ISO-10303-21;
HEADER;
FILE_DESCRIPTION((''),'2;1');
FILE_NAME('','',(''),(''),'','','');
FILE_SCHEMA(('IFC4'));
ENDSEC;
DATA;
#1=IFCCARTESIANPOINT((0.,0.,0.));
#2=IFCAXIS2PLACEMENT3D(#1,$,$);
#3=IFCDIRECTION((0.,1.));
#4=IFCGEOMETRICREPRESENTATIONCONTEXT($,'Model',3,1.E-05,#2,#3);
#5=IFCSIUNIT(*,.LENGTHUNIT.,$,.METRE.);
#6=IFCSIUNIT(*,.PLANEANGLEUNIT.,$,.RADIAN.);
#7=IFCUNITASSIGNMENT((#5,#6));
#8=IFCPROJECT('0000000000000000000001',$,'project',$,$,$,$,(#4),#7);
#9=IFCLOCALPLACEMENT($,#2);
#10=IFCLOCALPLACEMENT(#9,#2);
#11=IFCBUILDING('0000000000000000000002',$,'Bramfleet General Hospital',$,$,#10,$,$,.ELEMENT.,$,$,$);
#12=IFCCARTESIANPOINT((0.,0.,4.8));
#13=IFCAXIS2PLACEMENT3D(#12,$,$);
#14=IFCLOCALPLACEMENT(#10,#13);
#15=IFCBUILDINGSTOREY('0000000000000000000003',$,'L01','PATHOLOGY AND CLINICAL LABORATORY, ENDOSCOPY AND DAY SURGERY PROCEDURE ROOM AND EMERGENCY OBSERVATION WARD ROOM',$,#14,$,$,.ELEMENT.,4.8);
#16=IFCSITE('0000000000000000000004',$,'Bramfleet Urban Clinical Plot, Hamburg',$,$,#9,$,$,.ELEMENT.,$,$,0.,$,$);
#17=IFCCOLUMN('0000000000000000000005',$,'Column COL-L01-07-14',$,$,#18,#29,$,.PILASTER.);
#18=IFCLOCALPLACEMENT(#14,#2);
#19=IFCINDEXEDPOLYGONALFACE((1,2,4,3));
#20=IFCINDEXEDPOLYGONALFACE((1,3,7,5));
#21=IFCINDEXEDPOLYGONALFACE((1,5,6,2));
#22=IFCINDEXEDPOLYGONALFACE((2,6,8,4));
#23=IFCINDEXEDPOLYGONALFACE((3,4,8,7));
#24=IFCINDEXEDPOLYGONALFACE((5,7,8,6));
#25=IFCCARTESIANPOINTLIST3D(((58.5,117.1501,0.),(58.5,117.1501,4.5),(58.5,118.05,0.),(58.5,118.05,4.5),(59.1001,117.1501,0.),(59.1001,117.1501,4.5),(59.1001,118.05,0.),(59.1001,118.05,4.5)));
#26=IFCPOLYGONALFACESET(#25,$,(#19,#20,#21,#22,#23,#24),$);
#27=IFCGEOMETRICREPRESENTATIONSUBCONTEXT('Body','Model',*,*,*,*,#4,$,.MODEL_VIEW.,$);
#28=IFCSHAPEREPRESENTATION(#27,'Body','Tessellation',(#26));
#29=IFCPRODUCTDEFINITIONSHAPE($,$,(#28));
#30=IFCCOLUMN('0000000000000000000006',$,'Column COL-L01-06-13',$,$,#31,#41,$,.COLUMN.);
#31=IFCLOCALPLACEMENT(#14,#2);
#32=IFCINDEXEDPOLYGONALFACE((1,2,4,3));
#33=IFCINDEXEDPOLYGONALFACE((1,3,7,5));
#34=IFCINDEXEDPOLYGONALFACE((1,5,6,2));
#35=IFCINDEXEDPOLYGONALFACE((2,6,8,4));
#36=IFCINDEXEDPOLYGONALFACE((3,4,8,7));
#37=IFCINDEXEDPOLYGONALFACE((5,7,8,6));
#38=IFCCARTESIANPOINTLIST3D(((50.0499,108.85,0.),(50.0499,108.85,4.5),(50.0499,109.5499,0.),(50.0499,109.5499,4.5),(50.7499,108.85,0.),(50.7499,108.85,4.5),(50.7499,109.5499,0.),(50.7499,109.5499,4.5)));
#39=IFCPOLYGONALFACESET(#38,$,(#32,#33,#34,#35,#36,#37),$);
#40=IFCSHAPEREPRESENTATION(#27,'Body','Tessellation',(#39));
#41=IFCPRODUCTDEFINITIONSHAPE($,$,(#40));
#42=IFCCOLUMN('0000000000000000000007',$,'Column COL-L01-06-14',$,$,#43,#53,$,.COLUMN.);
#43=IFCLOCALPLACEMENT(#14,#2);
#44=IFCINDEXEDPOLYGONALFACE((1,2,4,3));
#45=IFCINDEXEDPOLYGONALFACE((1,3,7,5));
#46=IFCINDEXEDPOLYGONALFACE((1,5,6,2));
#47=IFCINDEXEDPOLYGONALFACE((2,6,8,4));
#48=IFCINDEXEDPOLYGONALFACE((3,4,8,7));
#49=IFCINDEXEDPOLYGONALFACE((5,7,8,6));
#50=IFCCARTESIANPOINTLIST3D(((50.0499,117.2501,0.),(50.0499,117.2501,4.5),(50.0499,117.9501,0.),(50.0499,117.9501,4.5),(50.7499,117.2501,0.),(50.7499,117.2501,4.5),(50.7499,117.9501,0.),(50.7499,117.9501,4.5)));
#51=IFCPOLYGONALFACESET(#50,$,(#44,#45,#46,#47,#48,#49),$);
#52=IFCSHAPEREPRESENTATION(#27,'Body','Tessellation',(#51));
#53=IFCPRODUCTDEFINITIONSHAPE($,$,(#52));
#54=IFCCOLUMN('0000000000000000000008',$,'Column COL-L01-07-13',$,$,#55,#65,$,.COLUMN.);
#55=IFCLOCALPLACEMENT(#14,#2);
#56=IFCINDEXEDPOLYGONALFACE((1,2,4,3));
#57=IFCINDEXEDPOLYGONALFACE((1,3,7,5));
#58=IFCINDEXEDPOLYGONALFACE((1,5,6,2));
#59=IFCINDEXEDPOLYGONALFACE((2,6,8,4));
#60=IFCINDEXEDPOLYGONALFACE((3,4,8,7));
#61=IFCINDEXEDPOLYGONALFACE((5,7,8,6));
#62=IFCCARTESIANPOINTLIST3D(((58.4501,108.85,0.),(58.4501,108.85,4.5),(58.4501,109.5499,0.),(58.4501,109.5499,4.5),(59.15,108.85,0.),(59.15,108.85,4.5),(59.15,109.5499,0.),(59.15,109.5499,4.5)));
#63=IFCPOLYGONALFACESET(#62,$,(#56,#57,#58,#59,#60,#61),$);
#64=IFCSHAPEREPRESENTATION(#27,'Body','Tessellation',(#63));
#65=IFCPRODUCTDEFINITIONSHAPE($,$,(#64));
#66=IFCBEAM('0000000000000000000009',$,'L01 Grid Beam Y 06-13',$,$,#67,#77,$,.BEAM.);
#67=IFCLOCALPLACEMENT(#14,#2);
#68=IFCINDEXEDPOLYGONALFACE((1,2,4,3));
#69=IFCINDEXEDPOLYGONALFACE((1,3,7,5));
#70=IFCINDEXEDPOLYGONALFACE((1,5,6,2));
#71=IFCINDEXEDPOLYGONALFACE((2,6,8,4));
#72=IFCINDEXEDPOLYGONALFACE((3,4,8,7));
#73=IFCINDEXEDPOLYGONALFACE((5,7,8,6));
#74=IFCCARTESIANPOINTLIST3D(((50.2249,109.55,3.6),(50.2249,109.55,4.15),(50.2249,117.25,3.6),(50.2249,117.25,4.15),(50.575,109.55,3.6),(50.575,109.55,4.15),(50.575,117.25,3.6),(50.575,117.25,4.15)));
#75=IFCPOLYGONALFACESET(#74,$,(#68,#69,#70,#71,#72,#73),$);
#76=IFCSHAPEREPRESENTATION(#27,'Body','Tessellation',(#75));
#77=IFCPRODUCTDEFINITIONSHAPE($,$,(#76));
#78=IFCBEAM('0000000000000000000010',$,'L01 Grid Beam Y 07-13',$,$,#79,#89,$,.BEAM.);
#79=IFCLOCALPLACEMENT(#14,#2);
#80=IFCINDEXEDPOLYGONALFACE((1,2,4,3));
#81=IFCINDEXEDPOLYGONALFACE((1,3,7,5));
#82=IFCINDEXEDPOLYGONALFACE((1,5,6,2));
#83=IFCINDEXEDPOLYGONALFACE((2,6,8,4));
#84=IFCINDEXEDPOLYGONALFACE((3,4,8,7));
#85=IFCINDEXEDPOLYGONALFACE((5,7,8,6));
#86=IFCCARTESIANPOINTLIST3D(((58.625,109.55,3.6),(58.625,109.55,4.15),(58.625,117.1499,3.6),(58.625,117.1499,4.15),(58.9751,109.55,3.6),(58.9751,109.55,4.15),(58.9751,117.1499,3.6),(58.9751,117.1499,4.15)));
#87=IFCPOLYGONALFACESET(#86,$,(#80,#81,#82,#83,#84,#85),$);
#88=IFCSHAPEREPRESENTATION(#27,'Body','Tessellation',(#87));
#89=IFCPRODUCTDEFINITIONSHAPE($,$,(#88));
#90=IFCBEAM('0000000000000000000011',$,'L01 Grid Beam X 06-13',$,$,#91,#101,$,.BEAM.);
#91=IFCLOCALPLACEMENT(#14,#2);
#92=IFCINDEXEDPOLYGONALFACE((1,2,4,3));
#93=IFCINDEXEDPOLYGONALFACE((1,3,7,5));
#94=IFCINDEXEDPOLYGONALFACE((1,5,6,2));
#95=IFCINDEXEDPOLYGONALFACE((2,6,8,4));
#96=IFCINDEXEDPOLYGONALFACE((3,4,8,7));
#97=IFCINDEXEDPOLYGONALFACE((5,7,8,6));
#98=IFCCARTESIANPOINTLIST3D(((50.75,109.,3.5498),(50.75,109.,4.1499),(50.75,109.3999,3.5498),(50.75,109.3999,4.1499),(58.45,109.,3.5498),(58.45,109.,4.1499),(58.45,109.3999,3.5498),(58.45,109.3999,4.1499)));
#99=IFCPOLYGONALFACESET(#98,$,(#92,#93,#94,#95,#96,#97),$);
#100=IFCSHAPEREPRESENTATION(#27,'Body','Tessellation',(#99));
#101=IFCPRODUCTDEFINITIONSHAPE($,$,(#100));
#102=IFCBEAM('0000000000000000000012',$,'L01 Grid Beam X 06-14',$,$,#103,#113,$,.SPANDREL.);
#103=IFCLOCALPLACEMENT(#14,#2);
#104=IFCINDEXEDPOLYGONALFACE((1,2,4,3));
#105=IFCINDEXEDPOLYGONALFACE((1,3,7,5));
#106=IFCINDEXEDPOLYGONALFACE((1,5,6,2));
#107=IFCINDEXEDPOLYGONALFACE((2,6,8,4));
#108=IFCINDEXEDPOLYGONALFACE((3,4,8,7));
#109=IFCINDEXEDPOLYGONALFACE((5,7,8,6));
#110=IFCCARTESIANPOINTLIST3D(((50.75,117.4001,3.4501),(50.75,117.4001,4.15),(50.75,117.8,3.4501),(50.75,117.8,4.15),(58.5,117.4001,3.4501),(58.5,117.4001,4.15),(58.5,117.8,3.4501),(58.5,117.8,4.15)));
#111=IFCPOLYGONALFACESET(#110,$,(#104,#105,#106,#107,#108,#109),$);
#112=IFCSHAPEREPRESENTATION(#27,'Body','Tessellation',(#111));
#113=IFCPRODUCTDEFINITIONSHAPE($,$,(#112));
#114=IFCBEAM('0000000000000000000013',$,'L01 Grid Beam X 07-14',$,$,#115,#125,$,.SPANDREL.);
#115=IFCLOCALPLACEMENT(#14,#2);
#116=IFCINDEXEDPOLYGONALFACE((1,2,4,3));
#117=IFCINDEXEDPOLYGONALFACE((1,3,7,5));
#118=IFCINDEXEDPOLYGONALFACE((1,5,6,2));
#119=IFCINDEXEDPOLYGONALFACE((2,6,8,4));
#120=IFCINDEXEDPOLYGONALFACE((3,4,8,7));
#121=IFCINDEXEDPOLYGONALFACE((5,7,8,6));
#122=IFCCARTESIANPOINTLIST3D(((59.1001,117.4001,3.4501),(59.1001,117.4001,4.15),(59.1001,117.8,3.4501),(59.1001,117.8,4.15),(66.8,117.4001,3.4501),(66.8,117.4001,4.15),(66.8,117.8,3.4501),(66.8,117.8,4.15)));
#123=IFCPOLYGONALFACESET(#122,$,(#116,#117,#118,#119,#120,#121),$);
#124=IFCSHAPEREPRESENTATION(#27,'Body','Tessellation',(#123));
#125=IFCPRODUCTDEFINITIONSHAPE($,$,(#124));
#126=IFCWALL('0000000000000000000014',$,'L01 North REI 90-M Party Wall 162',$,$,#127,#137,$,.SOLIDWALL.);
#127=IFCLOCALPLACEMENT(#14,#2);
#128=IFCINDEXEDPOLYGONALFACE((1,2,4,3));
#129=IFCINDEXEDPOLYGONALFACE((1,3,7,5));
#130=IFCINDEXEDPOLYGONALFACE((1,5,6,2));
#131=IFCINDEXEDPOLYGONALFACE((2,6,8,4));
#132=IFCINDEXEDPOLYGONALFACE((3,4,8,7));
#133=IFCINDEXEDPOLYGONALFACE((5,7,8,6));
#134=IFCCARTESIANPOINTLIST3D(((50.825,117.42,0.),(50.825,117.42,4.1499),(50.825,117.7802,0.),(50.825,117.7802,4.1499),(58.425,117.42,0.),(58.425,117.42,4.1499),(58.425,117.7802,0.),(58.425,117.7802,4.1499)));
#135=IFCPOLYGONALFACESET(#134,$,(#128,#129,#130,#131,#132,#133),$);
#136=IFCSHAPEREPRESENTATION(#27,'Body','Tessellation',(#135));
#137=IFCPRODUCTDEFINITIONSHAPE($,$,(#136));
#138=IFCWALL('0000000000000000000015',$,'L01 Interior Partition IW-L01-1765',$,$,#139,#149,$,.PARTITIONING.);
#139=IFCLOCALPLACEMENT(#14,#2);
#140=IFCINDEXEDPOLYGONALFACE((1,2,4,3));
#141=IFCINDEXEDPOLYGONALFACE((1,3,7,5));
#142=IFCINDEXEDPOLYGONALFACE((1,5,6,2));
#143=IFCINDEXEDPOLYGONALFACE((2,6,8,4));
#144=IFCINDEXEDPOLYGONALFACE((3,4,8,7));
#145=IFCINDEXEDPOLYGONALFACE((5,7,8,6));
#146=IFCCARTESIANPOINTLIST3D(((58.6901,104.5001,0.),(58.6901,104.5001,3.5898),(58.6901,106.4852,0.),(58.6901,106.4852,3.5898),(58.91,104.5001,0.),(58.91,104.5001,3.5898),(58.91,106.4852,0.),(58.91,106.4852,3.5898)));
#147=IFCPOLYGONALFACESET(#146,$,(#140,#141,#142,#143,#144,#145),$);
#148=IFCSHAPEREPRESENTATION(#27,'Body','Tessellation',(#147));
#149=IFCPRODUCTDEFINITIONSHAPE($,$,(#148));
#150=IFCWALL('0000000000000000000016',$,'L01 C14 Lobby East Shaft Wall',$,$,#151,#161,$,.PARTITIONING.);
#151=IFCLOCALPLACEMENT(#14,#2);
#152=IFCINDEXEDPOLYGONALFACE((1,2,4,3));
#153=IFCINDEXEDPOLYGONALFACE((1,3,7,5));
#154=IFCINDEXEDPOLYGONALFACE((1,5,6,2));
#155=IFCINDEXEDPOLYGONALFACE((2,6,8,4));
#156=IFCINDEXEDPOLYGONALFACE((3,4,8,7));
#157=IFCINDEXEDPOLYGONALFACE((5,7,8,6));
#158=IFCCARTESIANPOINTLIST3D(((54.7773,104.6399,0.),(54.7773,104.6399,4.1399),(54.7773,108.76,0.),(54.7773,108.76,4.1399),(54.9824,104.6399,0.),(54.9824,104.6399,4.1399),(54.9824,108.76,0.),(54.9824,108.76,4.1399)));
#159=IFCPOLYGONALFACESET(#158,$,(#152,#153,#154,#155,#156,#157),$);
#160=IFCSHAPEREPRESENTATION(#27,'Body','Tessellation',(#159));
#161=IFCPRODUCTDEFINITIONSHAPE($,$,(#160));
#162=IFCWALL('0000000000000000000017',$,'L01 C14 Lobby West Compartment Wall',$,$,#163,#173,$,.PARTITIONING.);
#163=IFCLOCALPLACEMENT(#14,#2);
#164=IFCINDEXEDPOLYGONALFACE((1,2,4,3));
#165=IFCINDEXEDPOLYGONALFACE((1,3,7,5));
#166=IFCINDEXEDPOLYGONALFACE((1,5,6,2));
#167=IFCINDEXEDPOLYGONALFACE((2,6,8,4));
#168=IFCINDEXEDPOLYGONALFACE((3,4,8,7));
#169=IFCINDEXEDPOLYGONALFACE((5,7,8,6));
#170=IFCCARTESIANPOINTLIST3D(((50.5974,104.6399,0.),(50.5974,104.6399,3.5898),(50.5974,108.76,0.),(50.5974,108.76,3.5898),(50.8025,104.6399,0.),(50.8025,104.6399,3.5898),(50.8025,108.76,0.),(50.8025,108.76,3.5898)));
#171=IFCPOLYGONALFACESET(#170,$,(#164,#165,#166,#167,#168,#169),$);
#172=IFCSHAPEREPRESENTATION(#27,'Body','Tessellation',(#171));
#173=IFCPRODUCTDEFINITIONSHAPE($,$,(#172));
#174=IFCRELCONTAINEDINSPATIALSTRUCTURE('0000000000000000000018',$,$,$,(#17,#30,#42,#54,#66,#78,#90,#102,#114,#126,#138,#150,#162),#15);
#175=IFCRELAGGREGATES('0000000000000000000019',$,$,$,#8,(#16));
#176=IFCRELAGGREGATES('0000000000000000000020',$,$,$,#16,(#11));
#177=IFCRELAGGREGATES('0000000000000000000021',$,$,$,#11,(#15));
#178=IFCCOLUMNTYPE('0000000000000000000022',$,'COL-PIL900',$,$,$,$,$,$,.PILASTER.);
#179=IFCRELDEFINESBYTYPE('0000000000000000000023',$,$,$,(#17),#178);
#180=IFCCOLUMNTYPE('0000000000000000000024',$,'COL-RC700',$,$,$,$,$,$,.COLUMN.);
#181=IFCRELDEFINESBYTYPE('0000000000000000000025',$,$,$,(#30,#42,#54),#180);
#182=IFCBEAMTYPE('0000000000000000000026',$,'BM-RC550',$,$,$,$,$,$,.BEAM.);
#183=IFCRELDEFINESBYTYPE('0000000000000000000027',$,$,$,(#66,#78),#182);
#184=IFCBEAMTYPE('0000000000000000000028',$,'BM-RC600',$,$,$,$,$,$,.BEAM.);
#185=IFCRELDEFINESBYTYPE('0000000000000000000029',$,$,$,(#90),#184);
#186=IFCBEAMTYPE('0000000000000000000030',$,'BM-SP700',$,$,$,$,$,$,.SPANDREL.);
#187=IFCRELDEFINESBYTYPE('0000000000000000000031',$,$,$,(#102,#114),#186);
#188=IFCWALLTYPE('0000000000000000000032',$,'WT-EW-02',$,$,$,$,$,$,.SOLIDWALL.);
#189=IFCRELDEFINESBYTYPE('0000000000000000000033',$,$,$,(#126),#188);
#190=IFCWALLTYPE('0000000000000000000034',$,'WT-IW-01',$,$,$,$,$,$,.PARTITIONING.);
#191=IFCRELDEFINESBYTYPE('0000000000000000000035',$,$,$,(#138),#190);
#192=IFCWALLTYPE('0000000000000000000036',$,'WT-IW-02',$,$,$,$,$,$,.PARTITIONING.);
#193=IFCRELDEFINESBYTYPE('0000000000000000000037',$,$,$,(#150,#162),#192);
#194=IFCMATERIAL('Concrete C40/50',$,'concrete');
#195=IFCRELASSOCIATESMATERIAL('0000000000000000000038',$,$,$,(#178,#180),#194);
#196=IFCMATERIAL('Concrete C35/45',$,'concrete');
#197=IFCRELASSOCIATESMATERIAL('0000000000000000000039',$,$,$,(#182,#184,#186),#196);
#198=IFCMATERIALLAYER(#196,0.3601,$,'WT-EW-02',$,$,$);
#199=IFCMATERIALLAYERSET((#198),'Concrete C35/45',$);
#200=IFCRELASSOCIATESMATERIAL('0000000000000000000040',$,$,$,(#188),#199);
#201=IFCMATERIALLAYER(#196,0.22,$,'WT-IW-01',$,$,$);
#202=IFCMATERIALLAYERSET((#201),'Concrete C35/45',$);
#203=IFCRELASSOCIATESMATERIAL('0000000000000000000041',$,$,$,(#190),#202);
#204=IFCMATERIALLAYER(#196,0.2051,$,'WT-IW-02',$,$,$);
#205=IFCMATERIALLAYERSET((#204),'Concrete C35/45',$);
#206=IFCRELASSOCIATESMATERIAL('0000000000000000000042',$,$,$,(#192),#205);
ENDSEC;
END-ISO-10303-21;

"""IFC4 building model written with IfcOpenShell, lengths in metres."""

from ifc_helpers import new_model, si_unit, direction, frame, frame_2d, origin, origin_2d, place, context, subcontext, project, spatial, rectangle, extrude, material, layer, layer_set, material_profile, profile_set, type_object, element, save


model = new_model("IFC4")

# Units and contexts
model_context = context("Model", 3, precision=1e-05, world=origin(), true_north=direction((0.0, 1.0)))
body_context = subcontext(model_context, "Body", "Model", "MODEL_VIEW")
ifc_project = project(units=[si_unit("LENGTHUNIT", "METRE"), si_unit("PLANEANGLEUNIT", "RADIAN")], contexts=[model_context])

# Site, building, storey
site_placement = place(None, origin())
site = spatial("IfcSite", under=ifc_project, at=site_placement, Name="Bramfleet Urban Clinical Plot, Hamburg", CompositionType="ELEMENT", RefElevation=0.0)
building_placement = place(site_placement, origin())
building = spatial("IfcBuilding", under=site, at=building_placement, Name="Bramfleet General Hospital", CompositionType="ELEMENT")
storey_placement = place(building_placement, frame((0.0, 0.0, 4.8)))
storey = spatial("IfcBuildingStorey", under=building, at=storey_placement, Name="L01", Description="PATHOLOGY AND CLINICAL LABORATORY, ENDOSCOPY AND DAY SURGERY PROCEDURE ROOM AND EMERGENCY OBSERVATION WARD ROOM", CompositionType="ELEMENT", Elevation=4.8)

# Columns
ifc_material_1 = material(Name="Concrete C40/50", Category="concrete")
ifc_material_profile_1 = material_profile(ifc_material_1, rectangle(XDim=0.6001, YDim=0.8999, at=origin_2d()), Name="RC PIL 900x600")
ifc_profile_set_1 = profile_set([ifc_material_profile_1], Name="Concrete C40/50")
column_type_1 = type_object("IfcColumnType", Name="COL-PIL900", PredefinedType="PILASTER", material=ifc_profile_set_1)
column_placement = place(storey_placement, frame((58.8, 117.6001, 0.0), z_axis=(0.0, 0.0, 1.0), x_axis=(1.0, 0.0, 0.0)))
element("IfcColumn", 1, at=column_placement, inside=storey, type_object=column_type_1, Name="Column COL-L01-07-14", PredefinedType="PILASTER", context=body_context, shape_type="SweptSolid", body=[
    extrude(rectangle(XDim=0.6001, YDim=0.8999, at=origin_2d()), origin(), (0.0, 0.0, 1.0), 4.5),
])
ifc_material_profile_2 = material_profile(ifc_material_1, rectangle(XDim=0.7, YDim=0.7, at=origin_2d()), Name="RC COL 700x700")
ifc_profile_set_2 = profile_set([ifc_material_profile_2], Name="Concrete C40/50")
column_type_2 = type_object("IfcColumnType", Name="COL-RC700", PredefinedType="COLUMN", material=ifc_profile_set_2)
for number, where, z_axis, x_axis, name in (
    (2, (50.3999, 109.2, 0.0), (0.0, 0.0, 1.0), (1.0, 0.0, 0.0), "Column COL-L01-06-13"),
    (3, (50.3999, 117.6001, 0.0), (0.0, 0.0, 1.0), (1.0, 0.0, 0.0), "Column COL-L01-06-14"),
    (4, (58.8, 109.2, 0.0), (0.0, 0.0, 1.0), (1.0, 0.0, 0.0), "Column COL-L01-07-13"),
):
    element("IfcColumn", number, at=place(storey_placement, frame(where, z_axis=z_axis, x_axis=x_axis)), inside=storey, type_object=column_type_2, Name=name, PredefinedType="COLUMN", context=body_context, shape_type="SweptSolid", body=[
        extrude(rectangle(XDim=0.7, YDim=0.7, at=origin_2d()), origin(), (0.0, 0.0, 1.0), 4.5),
    ])

# Beams
ifc_material_2 = material(Name="Concrete C35/45", Category="concrete")
ifc_material_profile_3 = material_profile(ifc_material_2, rectangle(XDim=0.3501, YDim=0.55, at=origin_2d()), Name="RC BM 550x350")
ifc_profile_set_3 = profile_set([ifc_material_profile_3], Name="Concrete C35/45")
beam_type_1 = type_object("IfcBeamType", Name="BM-RC550", PredefinedType="BEAM", material=ifc_profile_set_3)
beam_1_placement = place(storey_placement, frame((50.3999, 109.55, 3.875), z_axis=(0.0, 1.0, 0.0), x_axis=(-1.0, 0.0, 0.0)))
element("IfcBeam", 5, at=beam_1_placement, inside=storey, type_object=beam_type_1, Name="L01 Grid Beam Y 06-13", PredefinedType="BEAM", context=body_context, shape_type="SweptSolid", body=[
    extrude(rectangle(XDim=0.3501, YDim=0.55, at=origin_2d()), origin(), (0.0, 0.0, 1.0), 7.7),
])
beam_2_placement = place(storey_placement, frame((58.8, 109.55, 3.875), z_axis=(0.0, 1.0, 0.0), x_axis=(-1.0, 0.0, 0.0)))
element("IfcBeam", 6, at=beam_2_placement, inside=storey, type_object=beam_type_1, Name="L01 Grid Beam Y 07-13", PredefinedType="BEAM", context=body_context, shape_type="SweptSolid", body=[
    extrude(rectangle(XDim=0.3501, YDim=0.55, at=origin_2d()), origin(), (0.0, 0.0, 1.0), 7.5999),
])
ifc_material_profile_4 = material_profile(ifc_material_2, rectangle(XDim=0.3999, YDim=0.6001, at=origin_2d()), Name="RC BM 600x400")
ifc_profile_set_4 = profile_set([ifc_material_profile_4], Name="Concrete C35/45")
beam_type_2 = type_object("IfcBeamType", Name="BM-RC600", PredefinedType="BEAM", material=ifc_profile_set_4)
beam_3_placement = place(storey_placement, frame((50.75, 109.2, 3.8499), z_axis=(1.0, 0.0, 0.0), x_axis=(0.0, 1.0, 0.0)))
element("IfcBeam", 7, at=beam_3_placement, inside=storey, type_object=beam_type_2, Name="L01 Grid Beam X 06-13", PredefinedType="BEAM", context=body_context, shape_type="SweptSolid", body=[
    extrude(rectangle(XDim=0.3999, YDim=0.6001, at=origin_2d()), origin(), (0.0, 0.0, 1.0), 7.7),
])
ifc_material_profile_5 = material_profile(ifc_material_2, rectangle(XDim=0.3999, YDim=0.7, at=origin_2d()), Name="RC SP 700x400")
ifc_profile_set_5 = profile_set([ifc_material_profile_5], Name="Concrete C35/45")
beam_type_3 = type_object("IfcBeamType", Name="BM-SP700", PredefinedType="SPANDREL", material=ifc_profile_set_5)
beam_4_placement = place(storey_placement, frame((50.75, 117.6001, 3.8), z_axis=(1.0, 0.0, 0.0), x_axis=(0.0, 1.0, 0.0)))
element("IfcBeam", 8, at=beam_4_placement, inside=storey, type_object=beam_type_3, Name="L01 Grid Beam X 06-14", PredefinedType="SPANDREL", context=body_context, shape_type="SweptSolid", body=[
    extrude(rectangle(XDim=0.3999, YDim=0.7, at=origin_2d()), origin(), (0.0, 0.0, 1.0), 7.75),
])
beam_5_placement = place(storey_placement, frame((59.1001, 117.6001, 3.8), z_axis=(1.0, 0.0, 0.0), x_axis=(0.0, 1.0, 0.0)))
element("IfcBeam", 9, at=beam_5_placement, inside=storey, type_object=beam_type_3, Name="L01 Grid Beam X 07-14", PredefinedType="SPANDREL", context=body_context, shape_type="SweptSolid", body=[
    extrude(rectangle(XDim=0.3999, YDim=0.7, at=origin_2d()), origin(), (0.0, 0.0, 1.0), 7.7),
])

# Walls
ifc_layer_1 = layer(ifc_material_2, 0.3601, Name="WT-EW-02")
ifc_layer_set_1 = layer_set([ifc_layer_1], Name="Concrete C35/45")
wall_type_1 = type_object("IfcWallType", Name="WT-EW-02", PredefinedType="SOLIDWALL", material=ifc_layer_set_1)
wall_1_placement = place(storey_placement, frame((50.825, 117.6001, 0.0), z_axis=(0.0, 0.0, 1.0), x_axis=(1.0, 0.0, 0.0)))
element("IfcWall", 10, at=wall_1_placement, inside=storey, type_object=wall_type_1, Name="L01 North REI 90-M Party Wall 162", PredefinedType="SOLIDWALL", context=body_context, shape_type="SweptSolid", body=[
    extrude(rectangle(XDim=7.6001, YDim=0.3601, at=frame_2d((3.8, 0.0))), origin(), (0.0, 0.0, 1.0), 4.1499),
])
ifc_layer_2 = layer(ifc_material_2, 0.22, Name="WT-IW-01")
ifc_layer_set_2 = layer_set([ifc_layer_2], Name="Concrete C35/45")
wall_type_2 = type_object("IfcWallType", Name="WT-IW-01", PredefinedType="PARTITIONING", material=ifc_layer_set_2)
wall_2_placement = place(storey_placement, frame((58.8, 104.5, 0.0), z_axis=(0.0, 0.0, 1.0), x_axis=(0.0, 1.0, 0.0)))
element("IfcWall", 11, at=wall_2_placement, inside=storey, type_object=wall_type_2, Name="L01 Interior Partition IW-L01-1765", PredefinedType="PARTITIONING", context=body_context, shape_type="SweptSolid", body=[
    extrude(rectangle(XDim=1.9851, YDim=0.22, at=frame_2d((0.9927, 0.0))), origin(), (0.0, 0.0, 1.0), 3.5898),
])
ifc_layer_3 = layer(ifc_material_2, 0.2051, Name="WT-IW-02")
ifc_layer_set_3 = layer_set([ifc_layer_3], Name="Concrete C35/45")
wall_type_3 = type_object("IfcWallType", Name="WT-IW-02", PredefinedType="PARTITIONING", material=ifc_layer_set_3)
wall_3_placement = place(storey_placement, frame((54.8799, 104.6399, 0.0), z_axis=(0.0, 0.0, 1.0), x_axis=(0.0, 1.0, 0.0)))
element("IfcWall", 12, at=wall_3_placement, inside=storey, type_object=wall_type_3, Name="L01 C14 Lobby East Shaft Wall", PredefinedType="PARTITIONING", context=body_context, shape_type="SweptSolid", body=[
    extrude(rectangle(XDim=4.1201, YDim=0.2051, at=frame_2d((2.0601, 0.0))), origin(), (0.0, 0.0, 1.0), 4.1399),
])
wall_4_placement = place(storey_placement, frame((50.7, 104.6399, 0.0), z_axis=(0.0, 0.0, 1.0), x_axis=(0.0, 1.0, 0.0)))
element("IfcWall", 13, at=wall_4_placement, inside=storey, type_object=wall_type_3, Name="L01 C14 Lobby West Compartment Wall", PredefinedType="PARTITIONING", context=body_context, shape_type="SweptSolid", body=[
    extrude(rectangle(XDim=4.1201, YDim=0.2051, at=frame_2d((2.0601, 0.0))), origin(), (0.0, 0.0, 1.0), 3.5898),
])

save(model, "model.ifc")
